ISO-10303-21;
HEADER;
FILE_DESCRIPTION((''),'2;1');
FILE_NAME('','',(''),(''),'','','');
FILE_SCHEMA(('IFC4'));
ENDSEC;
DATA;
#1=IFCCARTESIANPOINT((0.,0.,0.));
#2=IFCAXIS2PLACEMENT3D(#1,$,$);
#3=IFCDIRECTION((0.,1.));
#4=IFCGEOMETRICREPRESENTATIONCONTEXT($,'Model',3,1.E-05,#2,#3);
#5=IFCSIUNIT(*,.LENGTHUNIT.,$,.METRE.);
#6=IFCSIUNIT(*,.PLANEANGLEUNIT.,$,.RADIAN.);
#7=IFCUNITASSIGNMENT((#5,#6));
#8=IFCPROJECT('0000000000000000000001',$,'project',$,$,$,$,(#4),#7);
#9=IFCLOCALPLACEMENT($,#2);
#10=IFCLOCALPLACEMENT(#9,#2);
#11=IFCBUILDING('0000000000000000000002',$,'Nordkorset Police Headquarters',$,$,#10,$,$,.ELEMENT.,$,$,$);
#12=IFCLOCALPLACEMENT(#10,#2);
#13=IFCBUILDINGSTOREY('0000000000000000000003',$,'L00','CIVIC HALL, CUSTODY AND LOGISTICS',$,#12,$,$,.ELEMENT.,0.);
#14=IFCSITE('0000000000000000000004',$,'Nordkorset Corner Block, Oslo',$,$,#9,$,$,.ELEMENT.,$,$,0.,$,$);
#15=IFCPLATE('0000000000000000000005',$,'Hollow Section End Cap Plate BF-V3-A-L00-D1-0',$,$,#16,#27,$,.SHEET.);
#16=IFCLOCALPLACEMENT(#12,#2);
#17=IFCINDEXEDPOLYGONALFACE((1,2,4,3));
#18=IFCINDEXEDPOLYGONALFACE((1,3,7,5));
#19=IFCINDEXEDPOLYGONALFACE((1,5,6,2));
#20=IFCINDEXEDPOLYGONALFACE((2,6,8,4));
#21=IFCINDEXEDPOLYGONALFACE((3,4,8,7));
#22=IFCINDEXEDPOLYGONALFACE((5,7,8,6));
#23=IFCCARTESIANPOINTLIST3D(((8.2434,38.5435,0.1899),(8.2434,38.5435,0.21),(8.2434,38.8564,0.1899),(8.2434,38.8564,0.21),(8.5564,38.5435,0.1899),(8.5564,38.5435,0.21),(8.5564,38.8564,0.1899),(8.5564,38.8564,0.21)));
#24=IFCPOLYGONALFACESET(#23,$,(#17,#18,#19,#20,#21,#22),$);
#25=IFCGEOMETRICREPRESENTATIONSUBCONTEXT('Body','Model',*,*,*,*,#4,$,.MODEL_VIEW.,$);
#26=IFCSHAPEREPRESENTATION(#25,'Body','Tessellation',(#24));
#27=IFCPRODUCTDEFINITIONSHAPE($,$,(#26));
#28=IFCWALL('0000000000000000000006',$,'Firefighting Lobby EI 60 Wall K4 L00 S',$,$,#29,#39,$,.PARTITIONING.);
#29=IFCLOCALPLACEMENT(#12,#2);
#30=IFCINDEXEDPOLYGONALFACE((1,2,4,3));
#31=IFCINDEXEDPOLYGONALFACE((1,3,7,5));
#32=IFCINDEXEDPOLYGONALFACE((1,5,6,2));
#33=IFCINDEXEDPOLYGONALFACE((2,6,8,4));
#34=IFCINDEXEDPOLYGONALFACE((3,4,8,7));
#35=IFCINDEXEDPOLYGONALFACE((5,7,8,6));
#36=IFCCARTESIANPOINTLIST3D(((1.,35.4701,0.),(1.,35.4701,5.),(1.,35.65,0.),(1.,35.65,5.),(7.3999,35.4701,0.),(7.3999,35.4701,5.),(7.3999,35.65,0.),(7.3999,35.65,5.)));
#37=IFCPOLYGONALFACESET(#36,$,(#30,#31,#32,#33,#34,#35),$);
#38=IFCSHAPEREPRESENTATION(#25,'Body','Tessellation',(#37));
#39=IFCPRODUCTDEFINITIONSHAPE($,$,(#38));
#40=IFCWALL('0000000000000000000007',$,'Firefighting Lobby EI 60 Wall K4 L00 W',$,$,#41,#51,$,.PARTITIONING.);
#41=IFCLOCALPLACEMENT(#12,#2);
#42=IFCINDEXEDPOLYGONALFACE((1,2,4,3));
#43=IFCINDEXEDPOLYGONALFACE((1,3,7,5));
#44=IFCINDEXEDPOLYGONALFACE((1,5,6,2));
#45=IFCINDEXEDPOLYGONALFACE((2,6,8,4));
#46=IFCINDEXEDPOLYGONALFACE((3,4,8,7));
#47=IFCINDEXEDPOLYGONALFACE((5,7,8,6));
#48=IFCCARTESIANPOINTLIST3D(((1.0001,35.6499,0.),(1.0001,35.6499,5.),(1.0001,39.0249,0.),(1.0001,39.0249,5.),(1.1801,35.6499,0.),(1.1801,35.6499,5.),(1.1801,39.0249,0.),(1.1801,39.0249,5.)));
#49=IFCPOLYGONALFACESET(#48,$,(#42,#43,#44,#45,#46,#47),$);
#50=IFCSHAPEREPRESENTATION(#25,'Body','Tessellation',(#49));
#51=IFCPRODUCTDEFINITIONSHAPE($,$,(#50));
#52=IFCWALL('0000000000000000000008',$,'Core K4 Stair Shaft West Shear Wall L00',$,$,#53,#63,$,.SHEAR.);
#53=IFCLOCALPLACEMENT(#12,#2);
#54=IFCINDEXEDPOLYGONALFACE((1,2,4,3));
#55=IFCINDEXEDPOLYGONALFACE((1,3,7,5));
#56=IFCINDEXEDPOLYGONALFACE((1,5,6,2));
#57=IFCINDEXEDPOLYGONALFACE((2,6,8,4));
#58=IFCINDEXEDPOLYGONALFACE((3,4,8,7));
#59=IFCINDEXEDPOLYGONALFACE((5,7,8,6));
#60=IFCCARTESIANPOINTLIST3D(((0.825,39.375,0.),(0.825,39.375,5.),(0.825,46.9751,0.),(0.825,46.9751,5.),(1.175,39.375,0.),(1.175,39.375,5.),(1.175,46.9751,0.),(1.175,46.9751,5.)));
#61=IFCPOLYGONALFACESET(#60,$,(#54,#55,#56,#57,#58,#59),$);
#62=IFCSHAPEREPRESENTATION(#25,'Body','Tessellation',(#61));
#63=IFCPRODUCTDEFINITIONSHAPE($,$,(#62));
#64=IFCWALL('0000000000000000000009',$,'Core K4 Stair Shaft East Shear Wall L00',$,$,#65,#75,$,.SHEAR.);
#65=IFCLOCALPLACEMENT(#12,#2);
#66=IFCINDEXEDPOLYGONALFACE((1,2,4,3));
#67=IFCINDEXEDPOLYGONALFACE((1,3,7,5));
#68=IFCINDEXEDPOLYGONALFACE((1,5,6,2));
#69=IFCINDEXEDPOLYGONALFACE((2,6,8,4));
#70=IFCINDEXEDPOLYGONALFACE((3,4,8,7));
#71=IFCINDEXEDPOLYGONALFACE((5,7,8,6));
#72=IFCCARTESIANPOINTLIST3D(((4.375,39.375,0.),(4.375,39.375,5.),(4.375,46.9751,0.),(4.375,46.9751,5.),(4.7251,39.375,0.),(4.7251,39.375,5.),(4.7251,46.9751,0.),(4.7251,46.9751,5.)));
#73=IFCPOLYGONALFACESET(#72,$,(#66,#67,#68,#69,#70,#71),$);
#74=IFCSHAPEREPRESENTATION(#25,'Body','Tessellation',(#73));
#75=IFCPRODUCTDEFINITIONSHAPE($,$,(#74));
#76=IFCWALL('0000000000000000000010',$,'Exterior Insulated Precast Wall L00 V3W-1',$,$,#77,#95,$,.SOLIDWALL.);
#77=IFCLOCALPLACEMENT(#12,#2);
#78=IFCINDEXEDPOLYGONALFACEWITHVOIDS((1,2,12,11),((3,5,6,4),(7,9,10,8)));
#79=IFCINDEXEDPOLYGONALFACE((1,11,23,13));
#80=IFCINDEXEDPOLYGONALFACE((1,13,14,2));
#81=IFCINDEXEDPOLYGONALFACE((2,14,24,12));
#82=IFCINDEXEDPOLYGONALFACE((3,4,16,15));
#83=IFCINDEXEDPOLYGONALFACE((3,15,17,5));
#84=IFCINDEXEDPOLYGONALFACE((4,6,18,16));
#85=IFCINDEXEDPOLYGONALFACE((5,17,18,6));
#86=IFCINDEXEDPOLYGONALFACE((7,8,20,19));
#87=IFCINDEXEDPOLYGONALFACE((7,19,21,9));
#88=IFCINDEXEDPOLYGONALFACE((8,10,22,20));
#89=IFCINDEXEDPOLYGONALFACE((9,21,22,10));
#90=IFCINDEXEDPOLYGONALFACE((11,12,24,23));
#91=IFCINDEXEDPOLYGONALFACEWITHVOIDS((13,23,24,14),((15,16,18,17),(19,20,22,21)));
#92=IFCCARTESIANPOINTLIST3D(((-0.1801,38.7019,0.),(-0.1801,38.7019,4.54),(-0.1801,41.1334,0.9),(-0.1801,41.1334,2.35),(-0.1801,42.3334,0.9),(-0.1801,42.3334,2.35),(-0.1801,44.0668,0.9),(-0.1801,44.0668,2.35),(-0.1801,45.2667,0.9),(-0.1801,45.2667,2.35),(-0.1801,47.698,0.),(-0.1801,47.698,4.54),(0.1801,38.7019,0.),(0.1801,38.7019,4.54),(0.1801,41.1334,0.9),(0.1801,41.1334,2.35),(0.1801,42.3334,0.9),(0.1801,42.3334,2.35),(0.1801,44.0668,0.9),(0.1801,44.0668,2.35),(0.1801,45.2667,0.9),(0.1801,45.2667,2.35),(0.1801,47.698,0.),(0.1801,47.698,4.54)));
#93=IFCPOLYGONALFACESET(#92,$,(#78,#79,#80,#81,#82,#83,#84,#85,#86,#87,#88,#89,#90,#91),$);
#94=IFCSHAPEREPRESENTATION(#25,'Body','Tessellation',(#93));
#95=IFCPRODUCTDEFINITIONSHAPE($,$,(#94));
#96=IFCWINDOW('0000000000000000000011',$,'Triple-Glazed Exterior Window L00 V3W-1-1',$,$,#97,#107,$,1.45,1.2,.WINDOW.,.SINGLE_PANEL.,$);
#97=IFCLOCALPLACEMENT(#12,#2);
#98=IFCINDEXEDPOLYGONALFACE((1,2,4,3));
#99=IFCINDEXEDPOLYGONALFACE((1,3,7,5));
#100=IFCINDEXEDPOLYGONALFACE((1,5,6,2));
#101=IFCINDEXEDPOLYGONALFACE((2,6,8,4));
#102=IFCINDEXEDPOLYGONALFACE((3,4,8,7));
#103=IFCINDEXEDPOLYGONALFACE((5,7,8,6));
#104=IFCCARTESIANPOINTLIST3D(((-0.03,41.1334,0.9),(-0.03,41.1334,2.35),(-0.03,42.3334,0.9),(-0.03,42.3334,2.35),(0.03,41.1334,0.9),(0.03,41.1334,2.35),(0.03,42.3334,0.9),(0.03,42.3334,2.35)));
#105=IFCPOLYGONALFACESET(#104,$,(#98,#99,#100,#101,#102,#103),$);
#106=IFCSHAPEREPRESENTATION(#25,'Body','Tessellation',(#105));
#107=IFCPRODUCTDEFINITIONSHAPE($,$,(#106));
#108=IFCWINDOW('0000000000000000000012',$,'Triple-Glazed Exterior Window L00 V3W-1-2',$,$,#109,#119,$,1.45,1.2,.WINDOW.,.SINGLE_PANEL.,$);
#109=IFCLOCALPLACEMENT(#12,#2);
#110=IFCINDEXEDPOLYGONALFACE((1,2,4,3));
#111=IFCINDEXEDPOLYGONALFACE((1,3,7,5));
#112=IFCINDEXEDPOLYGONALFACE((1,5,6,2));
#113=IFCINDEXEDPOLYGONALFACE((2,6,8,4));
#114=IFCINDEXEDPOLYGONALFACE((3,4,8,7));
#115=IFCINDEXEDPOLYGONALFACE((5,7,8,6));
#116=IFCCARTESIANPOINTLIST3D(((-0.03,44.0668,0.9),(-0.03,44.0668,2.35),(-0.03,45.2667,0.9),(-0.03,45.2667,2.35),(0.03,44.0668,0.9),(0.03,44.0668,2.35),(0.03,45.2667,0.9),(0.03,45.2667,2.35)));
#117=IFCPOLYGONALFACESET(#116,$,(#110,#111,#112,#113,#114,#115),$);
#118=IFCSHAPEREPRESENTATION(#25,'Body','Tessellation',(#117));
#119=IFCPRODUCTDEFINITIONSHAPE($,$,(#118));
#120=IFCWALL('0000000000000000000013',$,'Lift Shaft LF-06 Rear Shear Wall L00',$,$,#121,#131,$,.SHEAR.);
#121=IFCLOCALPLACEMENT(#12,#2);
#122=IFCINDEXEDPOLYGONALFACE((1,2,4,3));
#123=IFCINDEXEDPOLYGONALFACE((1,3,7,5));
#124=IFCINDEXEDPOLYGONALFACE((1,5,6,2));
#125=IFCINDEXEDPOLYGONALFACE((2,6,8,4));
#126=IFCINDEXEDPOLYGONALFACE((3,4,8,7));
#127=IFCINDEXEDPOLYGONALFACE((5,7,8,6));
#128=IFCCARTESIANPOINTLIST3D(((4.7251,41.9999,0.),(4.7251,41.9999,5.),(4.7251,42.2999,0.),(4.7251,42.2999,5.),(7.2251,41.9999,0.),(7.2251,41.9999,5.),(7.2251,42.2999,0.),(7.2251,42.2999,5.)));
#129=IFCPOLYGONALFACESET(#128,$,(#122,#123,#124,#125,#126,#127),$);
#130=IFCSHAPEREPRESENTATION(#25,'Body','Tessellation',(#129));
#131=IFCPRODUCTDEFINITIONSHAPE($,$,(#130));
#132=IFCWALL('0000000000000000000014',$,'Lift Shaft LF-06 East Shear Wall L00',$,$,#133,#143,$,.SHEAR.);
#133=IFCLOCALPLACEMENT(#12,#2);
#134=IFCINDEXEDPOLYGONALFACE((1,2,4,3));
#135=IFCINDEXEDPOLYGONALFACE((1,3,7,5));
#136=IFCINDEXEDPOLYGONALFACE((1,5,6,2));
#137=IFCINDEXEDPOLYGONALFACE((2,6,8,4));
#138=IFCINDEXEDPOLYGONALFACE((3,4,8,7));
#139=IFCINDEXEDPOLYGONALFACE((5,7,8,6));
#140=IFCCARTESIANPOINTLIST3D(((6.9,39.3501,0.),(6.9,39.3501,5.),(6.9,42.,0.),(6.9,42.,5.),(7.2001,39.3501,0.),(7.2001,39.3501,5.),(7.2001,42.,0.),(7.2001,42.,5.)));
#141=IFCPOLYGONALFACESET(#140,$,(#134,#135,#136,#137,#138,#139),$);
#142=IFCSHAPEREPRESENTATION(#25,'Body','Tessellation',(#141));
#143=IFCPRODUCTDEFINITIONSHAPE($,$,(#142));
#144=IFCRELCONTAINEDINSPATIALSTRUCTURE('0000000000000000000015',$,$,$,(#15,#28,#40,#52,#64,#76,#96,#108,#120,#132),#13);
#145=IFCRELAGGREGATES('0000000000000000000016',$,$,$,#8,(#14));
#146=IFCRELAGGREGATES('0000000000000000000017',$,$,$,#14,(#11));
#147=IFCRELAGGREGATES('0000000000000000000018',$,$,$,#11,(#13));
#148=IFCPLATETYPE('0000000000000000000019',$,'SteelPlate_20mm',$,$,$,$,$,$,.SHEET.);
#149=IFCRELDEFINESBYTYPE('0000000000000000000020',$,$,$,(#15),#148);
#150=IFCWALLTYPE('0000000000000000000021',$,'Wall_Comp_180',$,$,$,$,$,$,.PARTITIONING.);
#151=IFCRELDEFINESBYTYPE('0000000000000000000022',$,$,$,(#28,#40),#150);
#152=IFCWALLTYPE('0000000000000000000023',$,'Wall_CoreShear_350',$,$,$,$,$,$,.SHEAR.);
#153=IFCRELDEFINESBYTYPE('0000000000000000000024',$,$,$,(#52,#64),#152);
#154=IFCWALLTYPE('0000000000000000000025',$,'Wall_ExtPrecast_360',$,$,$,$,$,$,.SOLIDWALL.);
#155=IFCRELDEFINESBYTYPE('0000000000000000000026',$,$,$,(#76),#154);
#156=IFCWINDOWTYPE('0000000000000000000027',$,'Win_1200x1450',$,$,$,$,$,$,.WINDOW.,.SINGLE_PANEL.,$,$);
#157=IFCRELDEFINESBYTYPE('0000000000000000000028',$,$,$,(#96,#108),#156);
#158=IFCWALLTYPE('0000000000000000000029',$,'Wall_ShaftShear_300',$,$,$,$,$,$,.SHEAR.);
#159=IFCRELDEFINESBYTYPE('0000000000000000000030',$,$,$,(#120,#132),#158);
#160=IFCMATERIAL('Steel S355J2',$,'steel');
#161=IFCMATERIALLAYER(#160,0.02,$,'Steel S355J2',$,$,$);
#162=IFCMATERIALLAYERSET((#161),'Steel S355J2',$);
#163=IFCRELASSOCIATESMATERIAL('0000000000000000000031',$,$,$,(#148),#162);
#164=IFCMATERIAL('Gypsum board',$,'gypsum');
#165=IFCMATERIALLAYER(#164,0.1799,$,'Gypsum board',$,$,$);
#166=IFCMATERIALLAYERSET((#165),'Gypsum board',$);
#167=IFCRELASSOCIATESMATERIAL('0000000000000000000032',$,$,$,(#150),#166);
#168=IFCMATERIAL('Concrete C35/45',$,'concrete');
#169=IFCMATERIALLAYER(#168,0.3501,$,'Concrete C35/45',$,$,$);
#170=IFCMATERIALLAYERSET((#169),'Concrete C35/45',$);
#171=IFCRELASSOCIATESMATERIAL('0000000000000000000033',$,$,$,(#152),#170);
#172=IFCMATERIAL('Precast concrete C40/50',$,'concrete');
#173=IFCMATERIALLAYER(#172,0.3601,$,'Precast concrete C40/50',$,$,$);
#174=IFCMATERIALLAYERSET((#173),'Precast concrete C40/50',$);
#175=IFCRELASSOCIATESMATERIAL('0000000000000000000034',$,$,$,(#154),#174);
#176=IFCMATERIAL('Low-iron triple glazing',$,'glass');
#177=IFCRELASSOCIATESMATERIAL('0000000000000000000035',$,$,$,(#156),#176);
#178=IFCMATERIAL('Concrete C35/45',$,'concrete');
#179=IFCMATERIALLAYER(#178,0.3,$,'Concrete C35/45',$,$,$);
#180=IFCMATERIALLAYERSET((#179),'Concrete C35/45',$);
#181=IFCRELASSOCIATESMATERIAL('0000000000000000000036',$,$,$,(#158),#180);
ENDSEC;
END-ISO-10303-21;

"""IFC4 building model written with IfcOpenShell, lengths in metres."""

from ifc_helpers import new_model, si_unit, direction, frame, frame_2d, origin, origin_2d, place, context, subcontext, project, spatial, rectangle, extrude, material, layer, layer_set, type_object, element, fill, save


model = new_model("IFC4")

# Units and contexts
model_context = context("Model", 3, precision=1e-05, world=origin(), true_north=direction((0.0, 1.0)))
body_context = subcontext(model_context, "Body", "Model", "MODEL_VIEW")
ifc_project = project(units=[si_unit("LENGTHUNIT", "METRE"), si_unit("PLANEANGLEUNIT", "RADIAN")], contexts=[model_context])

# Site, building, storey
site_placement = place(None, origin())
site = spatial("IfcSite", under=ifc_project, at=site_placement, Name="Nordkorset Corner Block, Oslo", CompositionType="ELEMENT", RefElevation=0.0)
building_placement = place(site_placement, origin())
building = spatial("IfcBuilding", under=site, at=building_placement, Name="Nordkorset Police Headquarters", CompositionType="ELEMENT")
storey_placement = place(building_placement, origin())
storey = spatial("IfcBuildingStorey", under=building, at=storey_placement, Name="L00", Description="CIVIC HALL, CUSTODY AND LOGISTICS", CompositionType="ELEMENT", Elevation=0.0)

# Plate
ifc_material_1 = material(Name="Steel S355J2", Category="steel")
ifc_layer_1 = layer(ifc_material_1, 0.02, Name="Steel S355J2")
ifc_layer_set_1 = layer_set([ifc_layer_1], Name="Steel S355J2")
plate_type = type_object("IfcPlateType", Name="SteelPlate_20mm", PredefinedType="SHEET", material=ifc_layer_set_1)
plate_placement = place(storey_placement, frame((8.3999, 38.7, 0.1899), z_axis=(0.0, 0.0, 1.0), x_axis=(1.0, 0.0, 0.0)))
element("IfcPlate", 1, at=plate_placement, inside=storey, type_object=plate_type, Name="Hollow Section End Cap Plate BF-V3-A-L00-D1-0", PredefinedType="SHEET", context=body_context, shape_type="SweptSolid", body=[
    extrude(rectangle(XDim=0.313, YDim=0.313, at=origin_2d()), origin(), (0.0, 0.0, 1.0), 0.02),
])

# Walls
ifc_material_2 = material(Name="Gypsum board", Category="gypsum")
ifc_layer_2 = layer(ifc_material_2, 0.1799, Name="Gypsum board")
ifc_layer_set_2 = layer_set([ifc_layer_2], Name="Gypsum board")
wall_type_1 = type_object("IfcWallType", Name="Wall_Comp_180", PredefinedType="PARTITIONING", material=ifc_layer_set_2)
wall_1_placement = place(storey_placement, frame((1.0, 35.5601, 0.0), z_axis=(0.0, 0.0, 1.0), x_axis=(1.0, 0.0, 0.0)))
element("IfcWall", 2, at=wall_1_placement, inside=storey, type_object=wall_type_1, Name="Firefighting Lobby EI 60 Wall K4 L00 S", PredefinedType="PARTITIONING", context=body_context, shape_type="SweptSolid", body=[
    extrude(rectangle(XDim=6.3999, YDim=0.1799, at=frame_2d((3.2, 0.0))), origin(), (0.0, 0.0, 1.0), 5.0),
])
wall_2_placement = place(storey_placement, frame((1.0901, 35.6499, 0.0), z_axis=(0.0, 0.0, 1.0), x_axis=(0.0, 1.0, 0.0)))
element("IfcWall", 3, at=wall_2_placement, inside=storey, type_object=wall_type_1, Name="Firefighting Lobby EI 60 Wall K4 L00 W", PredefinedType="PARTITIONING", context=body_context, shape_type="SweptSolid", body=[
    extrude(rectangle(XDim=3.375, YDim=0.1799, at=frame_2d((1.6875, 0.0))), origin(), (0.0, 0.0, 1.0), 5.0),
])

# Shared definitions
ifc_material_3 = material(Name="Concrete C35/45", Category="concrete")
ifc_layer_3 = layer(ifc_material_3, 0.3501, Name="Concrete C35/45")
ifc_layer_set_3 = layer_set([ifc_layer_3], Name="Concrete C35/45")
wall_type_2 = type_object("IfcWallType", Name="Wall_CoreShear_350", PredefinedType="SHEAR", material=ifc_layer_set_3)

# Walls
for number, where, z_axis, x_axis, name in (
    (4, (1.0, 39.375, 0.0), (0.0, 0.0, 1.0), (0.0, 1.0, 0.0), "Core K4 Stair Shaft West Shear Wall L00"),
    (5, (4.55, 39.375, 0.0), (0.0, 0.0, 1.0), (0.0, 1.0, 0.0), "Core K4 Stair Shaft East Shear Wall L00"),
):
    element("IfcWall", number, at=place(storey_placement, frame(where, z_axis=z_axis, x_axis=x_axis)), inside=storey, type_object=wall_type_2, Name=name, PredefinedType="SHEAR", context=body_context, shape_type="SweptSolid", body=[
        extrude(rectangle(XDim=7.6001, YDim=0.3501, at=frame_2d((3.8, 0.0))), origin(), (0.0, 0.0, 1.0), 5.0),
    ])

# Wall, openings, windows
ifc_material_4 = material(Name="Precast concrete C40/50", Category="concrete")
ifc_layer_4 = layer(ifc_material_4, 0.3601, Name="Precast concrete C40/50")
ifc_layer_set_4 = layer_set([ifc_layer_4], Name="Precast concrete C40/50")
wall_type_3 = type_object("IfcWallType", Name="Wall_ExtPrecast_360", PredefinedType="SOLIDWALL", material=ifc_layer_set_4)
wall_3_placement = place(storey_placement, frame((0.0, 38.7019, 0.0), z_axis=(0.0, 0.0, 1.0), x_axis=(0.0, 1.0, 0.0)))
wall_3 = element("IfcWall", 6, at=wall_3_placement, inside=storey, type_object=wall_type_3, Name="Exterior Insulated Precast Wall L00 V3W-1", PredefinedType="SOLIDWALL", context=body_context, shape_type="SweptSolid", body=[
    extrude(rectangle(XDim=8.9961, YDim=0.3601, at=frame_2d((4.498, 0.0))), origin(), (0.0, 0.0, 1.0), 4.54),
])
opening_1_placement = place(wall_3_placement, frame((2.4314, 0.0, 0.8999)))
opening_1 = element("IfcOpeningElement", 7, at=opening_1_placement, cuts=wall_3, PredefinedType="OPENING", context=body_context, shape_type="SweptSolid", body=[
    extrude(rectangle(XDim=1.2, YDim=1.45, at=frame_2d((0.6001, 0.7251))), frame((0.0, 0.1899, 0.0), z_axis=(0.0, -1.0, 0.0), x_axis=(1.0, 0.0, 0.0)), (0.0, 0.0, 1.0), 0.3801),
])
opening_2_placement = place(wall_3_placement, frame((5.3647, 0.0, 0.8999)))
opening_2 = element("IfcOpeningElement", 8, at=opening_2_placement, cuts=wall_3, PredefinedType="OPENING", context=body_context, shape_type="SweptSolid", body=[
    extrude(rectangle(XDim=1.2, YDim=1.45, at=frame_2d((0.6001, 0.7251))), frame((0.0, 0.1899, 0.0), z_axis=(0.0, -1.0, 0.0), x_axis=(1.0, 0.0, 0.0)), (0.0, 0.0, 1.0), 0.3801),
])
ifc_material_5 = material(Name="Low-iron triple glazing", Category="glass")
window_type = type_object("IfcWindowType", Name="Win_1200x1450", PartitioningType="SINGLE_PANEL", PredefinedType="WINDOW", material=ifc_material_5)
window_1_placement = place(opening_1_placement, origin())
window_1 = element("IfcWindow", 9, at=window_1_placement, inside=storey, type_object=window_type, Name="Triple-Glazed Exterior Window L00 V3W-1-1", OverallHeight=1.45, OverallWidth=1.2, PartitioningType="SINGLE_PANEL", PredefinedType="WINDOW", context=body_context, shape_type="SweptSolid", body=[
    extrude(rectangle(XDim=1.2, YDim=1.45, at=frame_2d((0.6001, 0.7251))), frame((0.0, 0.03, 0.0), z_axis=(0.0, -1.0, 0.0), x_axis=(1.0, 0.0, 0.0)), (0.0, 0.0, 1.0), 0.0601),
])
fill(opening_1, window_1)
window_2_placement = place(opening_2_placement, origin())
window_2 = element("IfcWindow", 10, at=window_2_placement, inside=storey, type_object=window_type, Name="Triple-Glazed Exterior Window L00 V3W-1-2", OverallHeight=1.45, OverallWidth=1.2, PartitioningType="SINGLE_PANEL", PredefinedType="WINDOW", context=body_context, shape_type="SweptSolid", body=[
    extrude(rectangle(XDim=1.2, YDim=1.45, at=frame_2d((0.6001, 0.7251))), frame((0.0, 0.03, 0.0), z_axis=(0.0, -1.0, 0.0), x_axis=(1.0, 0.0, 0.0)), (0.0, 0.0, 1.0), 0.0601),
])
fill(opening_2, window_2)

# Shared definitions
ifc_material_6 = material(Name="Concrete C35/45", Category="concrete")
ifc_layer_5 = layer(ifc_material_6, 0.3, Name="Concrete C35/45")
ifc_layer_set_5 = layer_set([ifc_layer_5], Name="Concrete C35/45")
wall_type_4 = type_object("IfcWallType", Name="Wall_ShaftShear_300", PredefinedType="SHEAR", material=ifc_layer_set_5)

# Walls
wall_4_placement = place(storey_placement, frame((4.7251, 42.1499, 0.0), z_axis=(0.0, 0.0, 1.0), x_axis=(1.0, 0.0, 0.0)))
element("IfcWall", 11, at=wall_4_placement, inside=storey, type_object=wall_type_4, Name="Lift Shaft LF-06 Rear Shear Wall L00", PredefinedType="SHEAR", context=body_context, shape_type="SweptSolid", body=[
    extrude(rectangle(XDim=2.5, YDim=0.3, at=frame_2d((1.25, 0.0))), origin(), (0.0, 0.0, 1.0), 5.0),
])
wall_5_placement = place(storey_placement, frame((7.05, 39.3501, 0.0), z_axis=(0.0, 0.0, 1.0), x_axis=(0.0, 1.0, 0.0)))
element("IfcWall", 12, at=wall_5_placement, inside=storey, type_object=wall_type_4, Name="Lift Shaft LF-06 East Shear Wall L00", PredefinedType="SHEAR", context=body_context, shape_type="SweptSolid", body=[
    extrude(rectangle(XDim=2.6499, YDim=0.3, at=frame_2d((1.325, 0.0))), origin(), (0.0, 0.0, 1.0), 5.0),
])

save(model, "model.ifc")
